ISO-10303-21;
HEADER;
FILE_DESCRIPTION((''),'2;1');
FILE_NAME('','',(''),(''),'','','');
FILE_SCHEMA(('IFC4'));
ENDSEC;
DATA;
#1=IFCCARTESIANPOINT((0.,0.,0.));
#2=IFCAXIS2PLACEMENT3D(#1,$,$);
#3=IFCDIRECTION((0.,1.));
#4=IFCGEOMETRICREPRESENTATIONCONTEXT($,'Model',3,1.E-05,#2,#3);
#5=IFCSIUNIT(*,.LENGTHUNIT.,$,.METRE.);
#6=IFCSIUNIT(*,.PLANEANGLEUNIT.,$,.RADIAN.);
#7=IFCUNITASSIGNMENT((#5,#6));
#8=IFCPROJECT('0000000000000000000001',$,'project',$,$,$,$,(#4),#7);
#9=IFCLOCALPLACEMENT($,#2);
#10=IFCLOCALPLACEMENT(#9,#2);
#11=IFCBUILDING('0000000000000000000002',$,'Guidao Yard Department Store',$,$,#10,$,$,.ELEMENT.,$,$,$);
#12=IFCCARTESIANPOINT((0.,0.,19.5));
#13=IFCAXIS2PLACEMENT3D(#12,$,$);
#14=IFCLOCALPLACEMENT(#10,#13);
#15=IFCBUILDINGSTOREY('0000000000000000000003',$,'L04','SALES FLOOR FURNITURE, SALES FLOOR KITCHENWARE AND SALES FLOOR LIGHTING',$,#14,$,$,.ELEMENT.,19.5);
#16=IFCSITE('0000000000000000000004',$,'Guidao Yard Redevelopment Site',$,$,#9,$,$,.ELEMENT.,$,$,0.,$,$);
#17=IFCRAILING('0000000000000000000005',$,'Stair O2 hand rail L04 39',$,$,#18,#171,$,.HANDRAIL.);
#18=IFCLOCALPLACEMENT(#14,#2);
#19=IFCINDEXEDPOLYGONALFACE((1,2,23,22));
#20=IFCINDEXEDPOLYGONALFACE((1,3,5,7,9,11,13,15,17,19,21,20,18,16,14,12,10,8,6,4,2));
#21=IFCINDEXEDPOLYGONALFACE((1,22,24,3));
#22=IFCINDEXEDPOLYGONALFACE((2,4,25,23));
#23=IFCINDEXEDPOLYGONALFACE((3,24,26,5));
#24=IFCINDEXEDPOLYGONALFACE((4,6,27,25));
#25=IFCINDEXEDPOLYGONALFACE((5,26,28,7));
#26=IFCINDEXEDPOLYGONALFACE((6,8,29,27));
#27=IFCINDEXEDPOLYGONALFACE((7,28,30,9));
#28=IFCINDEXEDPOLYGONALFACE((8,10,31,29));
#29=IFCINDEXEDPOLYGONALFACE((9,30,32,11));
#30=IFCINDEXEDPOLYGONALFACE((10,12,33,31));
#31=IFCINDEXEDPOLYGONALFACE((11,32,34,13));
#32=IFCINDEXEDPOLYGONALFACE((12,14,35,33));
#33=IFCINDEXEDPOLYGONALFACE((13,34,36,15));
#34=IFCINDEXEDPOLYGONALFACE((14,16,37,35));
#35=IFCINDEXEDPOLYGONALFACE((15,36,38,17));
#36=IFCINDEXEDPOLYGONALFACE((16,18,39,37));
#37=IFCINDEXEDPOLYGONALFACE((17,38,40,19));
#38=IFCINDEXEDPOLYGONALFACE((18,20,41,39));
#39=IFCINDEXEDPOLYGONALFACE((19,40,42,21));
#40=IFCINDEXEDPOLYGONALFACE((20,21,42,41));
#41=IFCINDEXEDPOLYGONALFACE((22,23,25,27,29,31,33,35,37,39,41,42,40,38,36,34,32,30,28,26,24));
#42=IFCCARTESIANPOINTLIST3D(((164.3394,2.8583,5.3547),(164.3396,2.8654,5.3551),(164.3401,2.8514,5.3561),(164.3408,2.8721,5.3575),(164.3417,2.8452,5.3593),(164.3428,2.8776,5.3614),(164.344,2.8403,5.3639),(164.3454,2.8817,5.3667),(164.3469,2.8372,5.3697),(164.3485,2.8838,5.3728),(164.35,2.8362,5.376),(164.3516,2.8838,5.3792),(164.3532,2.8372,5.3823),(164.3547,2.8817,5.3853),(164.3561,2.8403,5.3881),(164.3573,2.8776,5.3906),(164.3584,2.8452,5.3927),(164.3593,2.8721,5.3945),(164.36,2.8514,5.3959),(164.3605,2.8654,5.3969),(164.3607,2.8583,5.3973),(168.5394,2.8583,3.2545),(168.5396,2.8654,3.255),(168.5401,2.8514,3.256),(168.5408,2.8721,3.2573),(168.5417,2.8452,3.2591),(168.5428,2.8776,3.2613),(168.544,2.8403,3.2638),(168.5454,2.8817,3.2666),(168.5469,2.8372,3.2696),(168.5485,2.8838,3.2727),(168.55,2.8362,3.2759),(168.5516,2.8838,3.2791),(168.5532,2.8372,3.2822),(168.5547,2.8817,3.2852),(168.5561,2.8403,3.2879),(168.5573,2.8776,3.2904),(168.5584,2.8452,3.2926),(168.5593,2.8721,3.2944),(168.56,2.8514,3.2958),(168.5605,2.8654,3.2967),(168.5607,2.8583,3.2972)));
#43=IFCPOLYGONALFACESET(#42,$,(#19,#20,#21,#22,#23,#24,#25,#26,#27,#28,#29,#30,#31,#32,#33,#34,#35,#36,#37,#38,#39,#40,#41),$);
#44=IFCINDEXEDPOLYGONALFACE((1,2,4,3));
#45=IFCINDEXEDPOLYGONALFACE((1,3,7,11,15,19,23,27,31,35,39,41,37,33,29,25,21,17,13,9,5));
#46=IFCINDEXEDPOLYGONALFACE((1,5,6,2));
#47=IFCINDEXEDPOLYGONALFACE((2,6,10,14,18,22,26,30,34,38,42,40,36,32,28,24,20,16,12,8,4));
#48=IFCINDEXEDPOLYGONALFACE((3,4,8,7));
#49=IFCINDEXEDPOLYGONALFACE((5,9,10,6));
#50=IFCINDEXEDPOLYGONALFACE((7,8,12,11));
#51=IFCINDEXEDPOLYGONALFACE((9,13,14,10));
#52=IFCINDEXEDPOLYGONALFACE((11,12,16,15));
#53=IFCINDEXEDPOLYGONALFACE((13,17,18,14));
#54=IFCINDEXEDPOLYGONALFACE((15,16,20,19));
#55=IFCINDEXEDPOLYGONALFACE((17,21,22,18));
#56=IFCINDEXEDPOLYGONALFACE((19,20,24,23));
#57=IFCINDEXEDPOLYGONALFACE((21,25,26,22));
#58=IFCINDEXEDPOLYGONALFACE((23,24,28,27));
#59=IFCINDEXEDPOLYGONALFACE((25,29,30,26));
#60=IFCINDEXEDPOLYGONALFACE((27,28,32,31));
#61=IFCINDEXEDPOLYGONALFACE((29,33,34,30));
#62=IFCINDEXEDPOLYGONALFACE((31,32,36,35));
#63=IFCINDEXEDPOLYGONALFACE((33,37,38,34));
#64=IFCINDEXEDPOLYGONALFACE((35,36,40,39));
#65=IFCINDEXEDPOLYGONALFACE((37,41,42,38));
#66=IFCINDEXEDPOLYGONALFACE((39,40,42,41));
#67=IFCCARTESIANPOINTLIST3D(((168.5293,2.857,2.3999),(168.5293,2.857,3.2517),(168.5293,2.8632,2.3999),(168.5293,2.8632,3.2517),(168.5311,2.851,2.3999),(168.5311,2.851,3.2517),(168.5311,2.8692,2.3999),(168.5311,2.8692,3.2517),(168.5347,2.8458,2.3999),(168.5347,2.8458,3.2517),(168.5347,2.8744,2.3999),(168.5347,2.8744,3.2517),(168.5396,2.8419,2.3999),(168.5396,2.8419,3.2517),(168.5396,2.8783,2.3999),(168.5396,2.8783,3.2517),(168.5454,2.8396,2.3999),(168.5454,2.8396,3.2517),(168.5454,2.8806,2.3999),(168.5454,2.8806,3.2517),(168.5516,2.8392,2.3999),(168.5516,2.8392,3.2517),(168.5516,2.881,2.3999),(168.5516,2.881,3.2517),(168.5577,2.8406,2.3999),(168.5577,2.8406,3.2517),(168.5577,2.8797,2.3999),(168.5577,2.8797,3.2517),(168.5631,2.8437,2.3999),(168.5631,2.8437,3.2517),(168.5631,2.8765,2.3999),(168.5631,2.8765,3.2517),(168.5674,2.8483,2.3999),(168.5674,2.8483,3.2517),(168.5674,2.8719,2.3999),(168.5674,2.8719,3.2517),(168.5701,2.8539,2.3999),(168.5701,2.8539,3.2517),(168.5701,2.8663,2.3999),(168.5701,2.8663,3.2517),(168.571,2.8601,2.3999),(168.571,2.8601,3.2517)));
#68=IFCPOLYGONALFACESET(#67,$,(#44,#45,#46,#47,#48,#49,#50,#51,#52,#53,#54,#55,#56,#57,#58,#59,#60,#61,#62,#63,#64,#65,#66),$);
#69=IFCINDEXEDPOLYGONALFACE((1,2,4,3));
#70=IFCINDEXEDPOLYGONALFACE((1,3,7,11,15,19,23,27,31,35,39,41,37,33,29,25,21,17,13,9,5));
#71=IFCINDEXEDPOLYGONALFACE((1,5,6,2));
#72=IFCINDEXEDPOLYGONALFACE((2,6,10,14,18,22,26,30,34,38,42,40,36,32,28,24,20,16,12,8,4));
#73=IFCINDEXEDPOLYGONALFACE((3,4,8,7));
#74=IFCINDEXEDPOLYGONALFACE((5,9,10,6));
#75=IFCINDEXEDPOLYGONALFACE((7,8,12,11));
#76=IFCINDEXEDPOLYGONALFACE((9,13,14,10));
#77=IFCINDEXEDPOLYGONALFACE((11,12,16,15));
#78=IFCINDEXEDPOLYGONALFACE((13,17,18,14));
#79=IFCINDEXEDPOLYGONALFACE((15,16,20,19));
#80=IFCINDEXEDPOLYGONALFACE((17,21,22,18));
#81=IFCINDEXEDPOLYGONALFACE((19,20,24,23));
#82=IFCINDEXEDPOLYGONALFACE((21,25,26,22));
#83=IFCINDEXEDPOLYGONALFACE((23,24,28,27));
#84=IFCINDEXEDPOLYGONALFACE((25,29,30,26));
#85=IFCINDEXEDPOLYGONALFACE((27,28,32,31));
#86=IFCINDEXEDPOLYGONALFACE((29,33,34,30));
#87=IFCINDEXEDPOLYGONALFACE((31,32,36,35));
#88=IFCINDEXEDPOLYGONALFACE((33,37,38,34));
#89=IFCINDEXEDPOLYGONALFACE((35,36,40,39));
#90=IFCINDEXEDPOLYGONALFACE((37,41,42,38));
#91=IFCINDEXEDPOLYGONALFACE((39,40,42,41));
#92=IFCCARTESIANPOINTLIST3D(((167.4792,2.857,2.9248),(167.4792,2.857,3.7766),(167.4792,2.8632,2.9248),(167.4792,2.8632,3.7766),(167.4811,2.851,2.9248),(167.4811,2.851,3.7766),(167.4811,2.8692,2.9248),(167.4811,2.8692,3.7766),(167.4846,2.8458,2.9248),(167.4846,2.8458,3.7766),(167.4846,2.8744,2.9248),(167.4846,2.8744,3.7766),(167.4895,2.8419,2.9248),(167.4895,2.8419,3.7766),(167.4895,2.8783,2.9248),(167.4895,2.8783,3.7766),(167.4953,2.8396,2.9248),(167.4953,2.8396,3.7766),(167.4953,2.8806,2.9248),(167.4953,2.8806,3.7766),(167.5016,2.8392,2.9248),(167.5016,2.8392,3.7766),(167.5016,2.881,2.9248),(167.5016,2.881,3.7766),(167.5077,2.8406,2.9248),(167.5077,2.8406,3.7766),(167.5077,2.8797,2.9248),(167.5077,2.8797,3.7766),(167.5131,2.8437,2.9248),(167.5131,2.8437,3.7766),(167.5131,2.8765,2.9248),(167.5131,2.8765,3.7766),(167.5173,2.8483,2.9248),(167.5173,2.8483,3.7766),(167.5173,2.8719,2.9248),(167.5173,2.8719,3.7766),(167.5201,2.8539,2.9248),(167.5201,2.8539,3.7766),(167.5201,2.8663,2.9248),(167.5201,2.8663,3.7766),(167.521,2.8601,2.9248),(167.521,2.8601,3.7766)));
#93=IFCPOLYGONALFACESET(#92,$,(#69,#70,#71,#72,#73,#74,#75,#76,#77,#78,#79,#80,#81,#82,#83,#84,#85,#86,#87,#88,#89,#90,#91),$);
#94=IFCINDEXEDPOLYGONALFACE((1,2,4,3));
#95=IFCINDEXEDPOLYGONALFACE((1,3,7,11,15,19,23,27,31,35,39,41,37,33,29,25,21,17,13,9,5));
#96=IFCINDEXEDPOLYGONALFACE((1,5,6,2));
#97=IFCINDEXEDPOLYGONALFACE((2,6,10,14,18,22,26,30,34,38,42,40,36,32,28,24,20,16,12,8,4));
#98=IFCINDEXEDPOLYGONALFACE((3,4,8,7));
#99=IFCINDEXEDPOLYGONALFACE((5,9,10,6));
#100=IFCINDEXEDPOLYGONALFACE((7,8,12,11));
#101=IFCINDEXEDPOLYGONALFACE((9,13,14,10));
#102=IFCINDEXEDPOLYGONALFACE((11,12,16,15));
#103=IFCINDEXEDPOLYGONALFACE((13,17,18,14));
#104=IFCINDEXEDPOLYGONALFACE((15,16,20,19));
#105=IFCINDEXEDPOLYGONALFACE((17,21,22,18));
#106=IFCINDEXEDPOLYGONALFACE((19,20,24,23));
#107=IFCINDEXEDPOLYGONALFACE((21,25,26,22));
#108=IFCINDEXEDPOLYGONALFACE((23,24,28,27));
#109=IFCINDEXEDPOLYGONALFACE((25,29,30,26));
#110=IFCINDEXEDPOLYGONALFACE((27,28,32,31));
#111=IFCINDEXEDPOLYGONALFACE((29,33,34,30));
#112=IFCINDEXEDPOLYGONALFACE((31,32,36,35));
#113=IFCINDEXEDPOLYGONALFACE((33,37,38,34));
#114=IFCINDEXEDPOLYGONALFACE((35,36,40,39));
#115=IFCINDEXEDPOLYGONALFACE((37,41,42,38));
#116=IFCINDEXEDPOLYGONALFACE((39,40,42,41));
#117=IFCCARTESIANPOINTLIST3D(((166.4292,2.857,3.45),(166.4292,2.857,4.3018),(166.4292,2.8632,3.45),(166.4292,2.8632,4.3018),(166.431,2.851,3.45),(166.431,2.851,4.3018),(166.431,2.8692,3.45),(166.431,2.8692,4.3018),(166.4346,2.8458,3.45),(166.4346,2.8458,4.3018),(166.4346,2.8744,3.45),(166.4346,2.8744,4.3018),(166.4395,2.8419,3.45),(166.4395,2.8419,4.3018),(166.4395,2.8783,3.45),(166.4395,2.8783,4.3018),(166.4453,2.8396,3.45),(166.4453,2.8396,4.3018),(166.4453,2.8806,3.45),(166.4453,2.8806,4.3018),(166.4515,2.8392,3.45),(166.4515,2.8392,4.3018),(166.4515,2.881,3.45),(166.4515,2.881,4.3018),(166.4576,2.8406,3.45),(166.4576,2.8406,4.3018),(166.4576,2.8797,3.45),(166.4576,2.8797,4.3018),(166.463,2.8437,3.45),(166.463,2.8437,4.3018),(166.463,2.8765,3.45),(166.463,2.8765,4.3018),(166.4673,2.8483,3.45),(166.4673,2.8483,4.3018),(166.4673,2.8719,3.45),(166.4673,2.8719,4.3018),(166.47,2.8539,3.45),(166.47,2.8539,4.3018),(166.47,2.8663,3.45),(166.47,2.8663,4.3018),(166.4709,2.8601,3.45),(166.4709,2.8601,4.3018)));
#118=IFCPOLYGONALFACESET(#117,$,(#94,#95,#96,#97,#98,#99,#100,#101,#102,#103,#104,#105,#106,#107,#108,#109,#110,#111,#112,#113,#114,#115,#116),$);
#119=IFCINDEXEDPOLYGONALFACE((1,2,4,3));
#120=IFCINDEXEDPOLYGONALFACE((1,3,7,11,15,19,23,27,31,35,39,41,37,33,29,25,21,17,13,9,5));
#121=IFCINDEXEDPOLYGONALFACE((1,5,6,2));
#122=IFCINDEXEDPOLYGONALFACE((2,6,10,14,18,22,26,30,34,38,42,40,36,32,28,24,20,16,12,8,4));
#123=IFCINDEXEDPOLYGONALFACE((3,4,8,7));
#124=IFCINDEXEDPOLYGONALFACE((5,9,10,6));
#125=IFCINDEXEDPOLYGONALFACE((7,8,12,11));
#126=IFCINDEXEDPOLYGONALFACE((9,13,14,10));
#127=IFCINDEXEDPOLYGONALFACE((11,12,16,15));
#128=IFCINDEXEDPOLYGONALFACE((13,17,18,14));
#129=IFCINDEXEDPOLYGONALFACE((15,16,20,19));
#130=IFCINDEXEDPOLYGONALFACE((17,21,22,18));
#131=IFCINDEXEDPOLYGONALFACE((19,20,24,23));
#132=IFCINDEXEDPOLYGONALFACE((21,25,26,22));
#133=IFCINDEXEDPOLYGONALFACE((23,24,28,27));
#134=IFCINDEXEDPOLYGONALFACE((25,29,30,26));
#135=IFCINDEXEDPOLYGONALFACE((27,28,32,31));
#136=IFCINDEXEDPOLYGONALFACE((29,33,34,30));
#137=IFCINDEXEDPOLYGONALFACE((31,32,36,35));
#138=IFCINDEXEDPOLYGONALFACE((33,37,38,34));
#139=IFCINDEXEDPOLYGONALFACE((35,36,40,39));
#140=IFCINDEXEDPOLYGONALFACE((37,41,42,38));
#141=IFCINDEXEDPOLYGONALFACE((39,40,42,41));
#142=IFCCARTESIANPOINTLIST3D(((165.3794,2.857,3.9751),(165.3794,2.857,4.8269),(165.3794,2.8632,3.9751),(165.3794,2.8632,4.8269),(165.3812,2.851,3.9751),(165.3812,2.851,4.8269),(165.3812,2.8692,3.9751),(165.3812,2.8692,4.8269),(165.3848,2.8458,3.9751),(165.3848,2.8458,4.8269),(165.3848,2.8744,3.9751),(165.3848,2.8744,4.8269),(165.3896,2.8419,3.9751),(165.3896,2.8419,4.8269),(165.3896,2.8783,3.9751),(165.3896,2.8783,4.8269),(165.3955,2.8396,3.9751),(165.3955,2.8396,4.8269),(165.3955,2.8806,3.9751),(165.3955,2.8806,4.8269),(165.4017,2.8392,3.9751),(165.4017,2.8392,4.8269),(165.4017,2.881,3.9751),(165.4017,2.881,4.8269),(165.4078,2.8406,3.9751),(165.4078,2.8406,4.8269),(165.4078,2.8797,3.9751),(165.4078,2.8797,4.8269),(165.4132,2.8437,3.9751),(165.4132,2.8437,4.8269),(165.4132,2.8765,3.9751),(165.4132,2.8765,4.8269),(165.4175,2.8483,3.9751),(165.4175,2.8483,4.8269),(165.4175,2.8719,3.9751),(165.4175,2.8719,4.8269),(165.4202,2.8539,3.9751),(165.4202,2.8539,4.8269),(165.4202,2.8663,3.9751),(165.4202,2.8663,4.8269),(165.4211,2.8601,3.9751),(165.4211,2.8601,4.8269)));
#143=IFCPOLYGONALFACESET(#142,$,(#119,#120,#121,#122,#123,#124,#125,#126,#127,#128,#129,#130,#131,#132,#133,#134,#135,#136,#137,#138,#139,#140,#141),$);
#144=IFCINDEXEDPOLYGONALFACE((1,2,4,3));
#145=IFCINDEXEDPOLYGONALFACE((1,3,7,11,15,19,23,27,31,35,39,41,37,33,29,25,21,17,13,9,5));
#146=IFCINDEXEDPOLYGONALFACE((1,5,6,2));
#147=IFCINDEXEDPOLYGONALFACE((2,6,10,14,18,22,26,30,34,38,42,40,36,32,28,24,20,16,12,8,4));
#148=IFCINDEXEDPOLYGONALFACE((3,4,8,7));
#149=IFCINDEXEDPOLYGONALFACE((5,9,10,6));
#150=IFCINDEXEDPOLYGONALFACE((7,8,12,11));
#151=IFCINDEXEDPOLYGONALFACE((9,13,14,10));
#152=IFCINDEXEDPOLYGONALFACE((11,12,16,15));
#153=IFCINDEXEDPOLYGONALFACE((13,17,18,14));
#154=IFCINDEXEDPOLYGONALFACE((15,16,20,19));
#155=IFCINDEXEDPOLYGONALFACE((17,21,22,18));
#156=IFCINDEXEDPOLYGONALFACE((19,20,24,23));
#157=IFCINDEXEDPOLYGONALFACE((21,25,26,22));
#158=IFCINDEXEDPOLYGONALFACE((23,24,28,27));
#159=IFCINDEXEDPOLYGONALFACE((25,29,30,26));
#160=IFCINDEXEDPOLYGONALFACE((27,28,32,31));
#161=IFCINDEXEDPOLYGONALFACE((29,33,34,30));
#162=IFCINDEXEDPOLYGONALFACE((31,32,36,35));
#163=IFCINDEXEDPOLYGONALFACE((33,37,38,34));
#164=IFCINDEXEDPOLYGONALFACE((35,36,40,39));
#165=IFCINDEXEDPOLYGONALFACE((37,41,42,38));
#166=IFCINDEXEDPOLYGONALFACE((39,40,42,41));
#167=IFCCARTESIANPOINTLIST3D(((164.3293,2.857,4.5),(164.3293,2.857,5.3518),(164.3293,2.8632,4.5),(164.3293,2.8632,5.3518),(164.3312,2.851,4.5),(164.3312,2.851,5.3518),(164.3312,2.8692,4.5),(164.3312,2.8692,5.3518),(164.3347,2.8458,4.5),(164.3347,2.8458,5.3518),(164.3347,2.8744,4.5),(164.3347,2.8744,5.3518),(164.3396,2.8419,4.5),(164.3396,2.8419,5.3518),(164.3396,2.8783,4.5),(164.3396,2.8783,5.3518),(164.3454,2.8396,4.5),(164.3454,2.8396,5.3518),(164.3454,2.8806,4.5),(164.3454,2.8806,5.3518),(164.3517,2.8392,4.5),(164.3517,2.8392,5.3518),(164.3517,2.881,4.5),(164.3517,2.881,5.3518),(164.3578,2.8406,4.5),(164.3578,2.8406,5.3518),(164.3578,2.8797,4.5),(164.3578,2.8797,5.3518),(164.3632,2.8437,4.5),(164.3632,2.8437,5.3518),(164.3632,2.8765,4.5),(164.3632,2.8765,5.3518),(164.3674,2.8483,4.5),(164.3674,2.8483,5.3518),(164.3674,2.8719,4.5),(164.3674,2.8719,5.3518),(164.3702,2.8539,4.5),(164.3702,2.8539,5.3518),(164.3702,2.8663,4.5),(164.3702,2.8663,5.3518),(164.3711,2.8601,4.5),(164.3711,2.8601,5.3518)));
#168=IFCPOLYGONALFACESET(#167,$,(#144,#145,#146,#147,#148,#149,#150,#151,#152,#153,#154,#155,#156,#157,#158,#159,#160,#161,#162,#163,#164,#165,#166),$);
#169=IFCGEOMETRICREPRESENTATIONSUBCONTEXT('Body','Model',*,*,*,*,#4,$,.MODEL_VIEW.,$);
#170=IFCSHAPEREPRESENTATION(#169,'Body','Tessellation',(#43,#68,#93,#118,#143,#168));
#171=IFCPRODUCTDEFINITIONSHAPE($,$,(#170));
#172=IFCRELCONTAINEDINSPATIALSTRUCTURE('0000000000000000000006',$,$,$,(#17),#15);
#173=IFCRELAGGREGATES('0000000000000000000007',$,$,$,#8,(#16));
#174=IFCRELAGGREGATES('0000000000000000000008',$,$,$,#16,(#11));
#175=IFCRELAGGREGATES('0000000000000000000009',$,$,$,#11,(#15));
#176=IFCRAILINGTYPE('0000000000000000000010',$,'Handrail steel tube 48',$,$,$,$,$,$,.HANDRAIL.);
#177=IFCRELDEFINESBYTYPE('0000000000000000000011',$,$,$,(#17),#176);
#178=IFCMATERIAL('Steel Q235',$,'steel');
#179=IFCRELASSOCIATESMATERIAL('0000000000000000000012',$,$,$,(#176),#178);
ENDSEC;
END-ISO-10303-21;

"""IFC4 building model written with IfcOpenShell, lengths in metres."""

from ifc_helpers import new_model, si_unit, direction, frame, origin, origin_2d, place, context, subcontext, project, spatial, circle, extrude, material, type_object, element, save


model = new_model("IFC4")

# Units and contexts
model_context = context("Model", 3, precision=1e-05, world=origin(), true_north=direction((0.0, 1.0)))
body_context = subcontext(model_context, "Body", "Model", "MODEL_VIEW")
ifc_project = project(units=[si_unit("LENGTHUNIT", "METRE"), si_unit("PLANEANGLEUNIT", "RADIAN")], contexts=[model_context])

# Site, building, storey
site_placement = place(None, origin())
site = spatial("IfcSite", under=ifc_project, at=site_placement, Name="Guidao Yard Redevelopment Site", CompositionType="ELEMENT", RefElevation=0.0)
building_placement = place(site_placement, origin())
building = spatial("IfcBuilding", under=site, at=building_placement, Name="Guidao Yard Department Store", CompositionType="ELEMENT")
storey_placement = place(building_placement, frame((0.0, 0.0, 19.5)))
storey = spatial("IfcBuildingStorey", under=building, at=storey_placement, Name="L04", Description="SALES FLOOR FURNITURE, SALES FLOOR KITCHENWARE AND SALES FLOOR LIGHTING", CompositionType="ELEMENT", Elevation=19.5)

# Railing
ifc_material_1 = material(Name="Steel Q235", Category="steel")
railing_type_1 = type_object("IfcRailingType", Name="Handrail steel tube 48", PredefinedType="HANDRAIL", material=ifc_material_1)
for number, where, name in (
    (1, (168.55, 2.8601, 2.3999), "Stair O2 hand rail L04 39"),
):
    element("IfcRailing", number, at=place(storey_placement, frame(where)), inside=storey, type_object=railing_type_1, Name=name, PredefinedType="HANDRAIL", context=body_context, shape_type="SweptSolid", body=[
        extrude(circle(Radius=0.0239, at=origin_2d()), frame((0.0, 0.0, 0.876), z_axis=(-0.894417, 0.0, 0.447234), x_axis=(0.0, -1.0, 0.0)), (0.0, 0.0, 1.0), 4.6958),
        extrude(circle(Radius=0.021, at=origin_2d()), origin(), (0.0, 0.0, 1.0), 0.8518),
        extrude(circle(Radius=0.021, at=origin_2d()), frame((-1.05, 0.0, 0.5249)), (0.0, 0.0, 1.0), 0.8518),
        extrude(circle(Radius=0.021, at=origin_2d()), frame((-2.1001, 0.0, 1.05)), (0.0, 0.0, 1.0), 0.8518),
        extrude(circle(Radius=0.021, at=origin_2d()), frame((-3.1499, 0.0, 1.5752)), (0.0, 0.0, 1.0), 0.8518),
        extrude(circle(Radius=0.021, at=origin_2d()), frame((-4.2, 0.0, 2.1001)), (0.0, 0.0, 1.0), 0.8518),
    ])

save(model, "model.ifc")
